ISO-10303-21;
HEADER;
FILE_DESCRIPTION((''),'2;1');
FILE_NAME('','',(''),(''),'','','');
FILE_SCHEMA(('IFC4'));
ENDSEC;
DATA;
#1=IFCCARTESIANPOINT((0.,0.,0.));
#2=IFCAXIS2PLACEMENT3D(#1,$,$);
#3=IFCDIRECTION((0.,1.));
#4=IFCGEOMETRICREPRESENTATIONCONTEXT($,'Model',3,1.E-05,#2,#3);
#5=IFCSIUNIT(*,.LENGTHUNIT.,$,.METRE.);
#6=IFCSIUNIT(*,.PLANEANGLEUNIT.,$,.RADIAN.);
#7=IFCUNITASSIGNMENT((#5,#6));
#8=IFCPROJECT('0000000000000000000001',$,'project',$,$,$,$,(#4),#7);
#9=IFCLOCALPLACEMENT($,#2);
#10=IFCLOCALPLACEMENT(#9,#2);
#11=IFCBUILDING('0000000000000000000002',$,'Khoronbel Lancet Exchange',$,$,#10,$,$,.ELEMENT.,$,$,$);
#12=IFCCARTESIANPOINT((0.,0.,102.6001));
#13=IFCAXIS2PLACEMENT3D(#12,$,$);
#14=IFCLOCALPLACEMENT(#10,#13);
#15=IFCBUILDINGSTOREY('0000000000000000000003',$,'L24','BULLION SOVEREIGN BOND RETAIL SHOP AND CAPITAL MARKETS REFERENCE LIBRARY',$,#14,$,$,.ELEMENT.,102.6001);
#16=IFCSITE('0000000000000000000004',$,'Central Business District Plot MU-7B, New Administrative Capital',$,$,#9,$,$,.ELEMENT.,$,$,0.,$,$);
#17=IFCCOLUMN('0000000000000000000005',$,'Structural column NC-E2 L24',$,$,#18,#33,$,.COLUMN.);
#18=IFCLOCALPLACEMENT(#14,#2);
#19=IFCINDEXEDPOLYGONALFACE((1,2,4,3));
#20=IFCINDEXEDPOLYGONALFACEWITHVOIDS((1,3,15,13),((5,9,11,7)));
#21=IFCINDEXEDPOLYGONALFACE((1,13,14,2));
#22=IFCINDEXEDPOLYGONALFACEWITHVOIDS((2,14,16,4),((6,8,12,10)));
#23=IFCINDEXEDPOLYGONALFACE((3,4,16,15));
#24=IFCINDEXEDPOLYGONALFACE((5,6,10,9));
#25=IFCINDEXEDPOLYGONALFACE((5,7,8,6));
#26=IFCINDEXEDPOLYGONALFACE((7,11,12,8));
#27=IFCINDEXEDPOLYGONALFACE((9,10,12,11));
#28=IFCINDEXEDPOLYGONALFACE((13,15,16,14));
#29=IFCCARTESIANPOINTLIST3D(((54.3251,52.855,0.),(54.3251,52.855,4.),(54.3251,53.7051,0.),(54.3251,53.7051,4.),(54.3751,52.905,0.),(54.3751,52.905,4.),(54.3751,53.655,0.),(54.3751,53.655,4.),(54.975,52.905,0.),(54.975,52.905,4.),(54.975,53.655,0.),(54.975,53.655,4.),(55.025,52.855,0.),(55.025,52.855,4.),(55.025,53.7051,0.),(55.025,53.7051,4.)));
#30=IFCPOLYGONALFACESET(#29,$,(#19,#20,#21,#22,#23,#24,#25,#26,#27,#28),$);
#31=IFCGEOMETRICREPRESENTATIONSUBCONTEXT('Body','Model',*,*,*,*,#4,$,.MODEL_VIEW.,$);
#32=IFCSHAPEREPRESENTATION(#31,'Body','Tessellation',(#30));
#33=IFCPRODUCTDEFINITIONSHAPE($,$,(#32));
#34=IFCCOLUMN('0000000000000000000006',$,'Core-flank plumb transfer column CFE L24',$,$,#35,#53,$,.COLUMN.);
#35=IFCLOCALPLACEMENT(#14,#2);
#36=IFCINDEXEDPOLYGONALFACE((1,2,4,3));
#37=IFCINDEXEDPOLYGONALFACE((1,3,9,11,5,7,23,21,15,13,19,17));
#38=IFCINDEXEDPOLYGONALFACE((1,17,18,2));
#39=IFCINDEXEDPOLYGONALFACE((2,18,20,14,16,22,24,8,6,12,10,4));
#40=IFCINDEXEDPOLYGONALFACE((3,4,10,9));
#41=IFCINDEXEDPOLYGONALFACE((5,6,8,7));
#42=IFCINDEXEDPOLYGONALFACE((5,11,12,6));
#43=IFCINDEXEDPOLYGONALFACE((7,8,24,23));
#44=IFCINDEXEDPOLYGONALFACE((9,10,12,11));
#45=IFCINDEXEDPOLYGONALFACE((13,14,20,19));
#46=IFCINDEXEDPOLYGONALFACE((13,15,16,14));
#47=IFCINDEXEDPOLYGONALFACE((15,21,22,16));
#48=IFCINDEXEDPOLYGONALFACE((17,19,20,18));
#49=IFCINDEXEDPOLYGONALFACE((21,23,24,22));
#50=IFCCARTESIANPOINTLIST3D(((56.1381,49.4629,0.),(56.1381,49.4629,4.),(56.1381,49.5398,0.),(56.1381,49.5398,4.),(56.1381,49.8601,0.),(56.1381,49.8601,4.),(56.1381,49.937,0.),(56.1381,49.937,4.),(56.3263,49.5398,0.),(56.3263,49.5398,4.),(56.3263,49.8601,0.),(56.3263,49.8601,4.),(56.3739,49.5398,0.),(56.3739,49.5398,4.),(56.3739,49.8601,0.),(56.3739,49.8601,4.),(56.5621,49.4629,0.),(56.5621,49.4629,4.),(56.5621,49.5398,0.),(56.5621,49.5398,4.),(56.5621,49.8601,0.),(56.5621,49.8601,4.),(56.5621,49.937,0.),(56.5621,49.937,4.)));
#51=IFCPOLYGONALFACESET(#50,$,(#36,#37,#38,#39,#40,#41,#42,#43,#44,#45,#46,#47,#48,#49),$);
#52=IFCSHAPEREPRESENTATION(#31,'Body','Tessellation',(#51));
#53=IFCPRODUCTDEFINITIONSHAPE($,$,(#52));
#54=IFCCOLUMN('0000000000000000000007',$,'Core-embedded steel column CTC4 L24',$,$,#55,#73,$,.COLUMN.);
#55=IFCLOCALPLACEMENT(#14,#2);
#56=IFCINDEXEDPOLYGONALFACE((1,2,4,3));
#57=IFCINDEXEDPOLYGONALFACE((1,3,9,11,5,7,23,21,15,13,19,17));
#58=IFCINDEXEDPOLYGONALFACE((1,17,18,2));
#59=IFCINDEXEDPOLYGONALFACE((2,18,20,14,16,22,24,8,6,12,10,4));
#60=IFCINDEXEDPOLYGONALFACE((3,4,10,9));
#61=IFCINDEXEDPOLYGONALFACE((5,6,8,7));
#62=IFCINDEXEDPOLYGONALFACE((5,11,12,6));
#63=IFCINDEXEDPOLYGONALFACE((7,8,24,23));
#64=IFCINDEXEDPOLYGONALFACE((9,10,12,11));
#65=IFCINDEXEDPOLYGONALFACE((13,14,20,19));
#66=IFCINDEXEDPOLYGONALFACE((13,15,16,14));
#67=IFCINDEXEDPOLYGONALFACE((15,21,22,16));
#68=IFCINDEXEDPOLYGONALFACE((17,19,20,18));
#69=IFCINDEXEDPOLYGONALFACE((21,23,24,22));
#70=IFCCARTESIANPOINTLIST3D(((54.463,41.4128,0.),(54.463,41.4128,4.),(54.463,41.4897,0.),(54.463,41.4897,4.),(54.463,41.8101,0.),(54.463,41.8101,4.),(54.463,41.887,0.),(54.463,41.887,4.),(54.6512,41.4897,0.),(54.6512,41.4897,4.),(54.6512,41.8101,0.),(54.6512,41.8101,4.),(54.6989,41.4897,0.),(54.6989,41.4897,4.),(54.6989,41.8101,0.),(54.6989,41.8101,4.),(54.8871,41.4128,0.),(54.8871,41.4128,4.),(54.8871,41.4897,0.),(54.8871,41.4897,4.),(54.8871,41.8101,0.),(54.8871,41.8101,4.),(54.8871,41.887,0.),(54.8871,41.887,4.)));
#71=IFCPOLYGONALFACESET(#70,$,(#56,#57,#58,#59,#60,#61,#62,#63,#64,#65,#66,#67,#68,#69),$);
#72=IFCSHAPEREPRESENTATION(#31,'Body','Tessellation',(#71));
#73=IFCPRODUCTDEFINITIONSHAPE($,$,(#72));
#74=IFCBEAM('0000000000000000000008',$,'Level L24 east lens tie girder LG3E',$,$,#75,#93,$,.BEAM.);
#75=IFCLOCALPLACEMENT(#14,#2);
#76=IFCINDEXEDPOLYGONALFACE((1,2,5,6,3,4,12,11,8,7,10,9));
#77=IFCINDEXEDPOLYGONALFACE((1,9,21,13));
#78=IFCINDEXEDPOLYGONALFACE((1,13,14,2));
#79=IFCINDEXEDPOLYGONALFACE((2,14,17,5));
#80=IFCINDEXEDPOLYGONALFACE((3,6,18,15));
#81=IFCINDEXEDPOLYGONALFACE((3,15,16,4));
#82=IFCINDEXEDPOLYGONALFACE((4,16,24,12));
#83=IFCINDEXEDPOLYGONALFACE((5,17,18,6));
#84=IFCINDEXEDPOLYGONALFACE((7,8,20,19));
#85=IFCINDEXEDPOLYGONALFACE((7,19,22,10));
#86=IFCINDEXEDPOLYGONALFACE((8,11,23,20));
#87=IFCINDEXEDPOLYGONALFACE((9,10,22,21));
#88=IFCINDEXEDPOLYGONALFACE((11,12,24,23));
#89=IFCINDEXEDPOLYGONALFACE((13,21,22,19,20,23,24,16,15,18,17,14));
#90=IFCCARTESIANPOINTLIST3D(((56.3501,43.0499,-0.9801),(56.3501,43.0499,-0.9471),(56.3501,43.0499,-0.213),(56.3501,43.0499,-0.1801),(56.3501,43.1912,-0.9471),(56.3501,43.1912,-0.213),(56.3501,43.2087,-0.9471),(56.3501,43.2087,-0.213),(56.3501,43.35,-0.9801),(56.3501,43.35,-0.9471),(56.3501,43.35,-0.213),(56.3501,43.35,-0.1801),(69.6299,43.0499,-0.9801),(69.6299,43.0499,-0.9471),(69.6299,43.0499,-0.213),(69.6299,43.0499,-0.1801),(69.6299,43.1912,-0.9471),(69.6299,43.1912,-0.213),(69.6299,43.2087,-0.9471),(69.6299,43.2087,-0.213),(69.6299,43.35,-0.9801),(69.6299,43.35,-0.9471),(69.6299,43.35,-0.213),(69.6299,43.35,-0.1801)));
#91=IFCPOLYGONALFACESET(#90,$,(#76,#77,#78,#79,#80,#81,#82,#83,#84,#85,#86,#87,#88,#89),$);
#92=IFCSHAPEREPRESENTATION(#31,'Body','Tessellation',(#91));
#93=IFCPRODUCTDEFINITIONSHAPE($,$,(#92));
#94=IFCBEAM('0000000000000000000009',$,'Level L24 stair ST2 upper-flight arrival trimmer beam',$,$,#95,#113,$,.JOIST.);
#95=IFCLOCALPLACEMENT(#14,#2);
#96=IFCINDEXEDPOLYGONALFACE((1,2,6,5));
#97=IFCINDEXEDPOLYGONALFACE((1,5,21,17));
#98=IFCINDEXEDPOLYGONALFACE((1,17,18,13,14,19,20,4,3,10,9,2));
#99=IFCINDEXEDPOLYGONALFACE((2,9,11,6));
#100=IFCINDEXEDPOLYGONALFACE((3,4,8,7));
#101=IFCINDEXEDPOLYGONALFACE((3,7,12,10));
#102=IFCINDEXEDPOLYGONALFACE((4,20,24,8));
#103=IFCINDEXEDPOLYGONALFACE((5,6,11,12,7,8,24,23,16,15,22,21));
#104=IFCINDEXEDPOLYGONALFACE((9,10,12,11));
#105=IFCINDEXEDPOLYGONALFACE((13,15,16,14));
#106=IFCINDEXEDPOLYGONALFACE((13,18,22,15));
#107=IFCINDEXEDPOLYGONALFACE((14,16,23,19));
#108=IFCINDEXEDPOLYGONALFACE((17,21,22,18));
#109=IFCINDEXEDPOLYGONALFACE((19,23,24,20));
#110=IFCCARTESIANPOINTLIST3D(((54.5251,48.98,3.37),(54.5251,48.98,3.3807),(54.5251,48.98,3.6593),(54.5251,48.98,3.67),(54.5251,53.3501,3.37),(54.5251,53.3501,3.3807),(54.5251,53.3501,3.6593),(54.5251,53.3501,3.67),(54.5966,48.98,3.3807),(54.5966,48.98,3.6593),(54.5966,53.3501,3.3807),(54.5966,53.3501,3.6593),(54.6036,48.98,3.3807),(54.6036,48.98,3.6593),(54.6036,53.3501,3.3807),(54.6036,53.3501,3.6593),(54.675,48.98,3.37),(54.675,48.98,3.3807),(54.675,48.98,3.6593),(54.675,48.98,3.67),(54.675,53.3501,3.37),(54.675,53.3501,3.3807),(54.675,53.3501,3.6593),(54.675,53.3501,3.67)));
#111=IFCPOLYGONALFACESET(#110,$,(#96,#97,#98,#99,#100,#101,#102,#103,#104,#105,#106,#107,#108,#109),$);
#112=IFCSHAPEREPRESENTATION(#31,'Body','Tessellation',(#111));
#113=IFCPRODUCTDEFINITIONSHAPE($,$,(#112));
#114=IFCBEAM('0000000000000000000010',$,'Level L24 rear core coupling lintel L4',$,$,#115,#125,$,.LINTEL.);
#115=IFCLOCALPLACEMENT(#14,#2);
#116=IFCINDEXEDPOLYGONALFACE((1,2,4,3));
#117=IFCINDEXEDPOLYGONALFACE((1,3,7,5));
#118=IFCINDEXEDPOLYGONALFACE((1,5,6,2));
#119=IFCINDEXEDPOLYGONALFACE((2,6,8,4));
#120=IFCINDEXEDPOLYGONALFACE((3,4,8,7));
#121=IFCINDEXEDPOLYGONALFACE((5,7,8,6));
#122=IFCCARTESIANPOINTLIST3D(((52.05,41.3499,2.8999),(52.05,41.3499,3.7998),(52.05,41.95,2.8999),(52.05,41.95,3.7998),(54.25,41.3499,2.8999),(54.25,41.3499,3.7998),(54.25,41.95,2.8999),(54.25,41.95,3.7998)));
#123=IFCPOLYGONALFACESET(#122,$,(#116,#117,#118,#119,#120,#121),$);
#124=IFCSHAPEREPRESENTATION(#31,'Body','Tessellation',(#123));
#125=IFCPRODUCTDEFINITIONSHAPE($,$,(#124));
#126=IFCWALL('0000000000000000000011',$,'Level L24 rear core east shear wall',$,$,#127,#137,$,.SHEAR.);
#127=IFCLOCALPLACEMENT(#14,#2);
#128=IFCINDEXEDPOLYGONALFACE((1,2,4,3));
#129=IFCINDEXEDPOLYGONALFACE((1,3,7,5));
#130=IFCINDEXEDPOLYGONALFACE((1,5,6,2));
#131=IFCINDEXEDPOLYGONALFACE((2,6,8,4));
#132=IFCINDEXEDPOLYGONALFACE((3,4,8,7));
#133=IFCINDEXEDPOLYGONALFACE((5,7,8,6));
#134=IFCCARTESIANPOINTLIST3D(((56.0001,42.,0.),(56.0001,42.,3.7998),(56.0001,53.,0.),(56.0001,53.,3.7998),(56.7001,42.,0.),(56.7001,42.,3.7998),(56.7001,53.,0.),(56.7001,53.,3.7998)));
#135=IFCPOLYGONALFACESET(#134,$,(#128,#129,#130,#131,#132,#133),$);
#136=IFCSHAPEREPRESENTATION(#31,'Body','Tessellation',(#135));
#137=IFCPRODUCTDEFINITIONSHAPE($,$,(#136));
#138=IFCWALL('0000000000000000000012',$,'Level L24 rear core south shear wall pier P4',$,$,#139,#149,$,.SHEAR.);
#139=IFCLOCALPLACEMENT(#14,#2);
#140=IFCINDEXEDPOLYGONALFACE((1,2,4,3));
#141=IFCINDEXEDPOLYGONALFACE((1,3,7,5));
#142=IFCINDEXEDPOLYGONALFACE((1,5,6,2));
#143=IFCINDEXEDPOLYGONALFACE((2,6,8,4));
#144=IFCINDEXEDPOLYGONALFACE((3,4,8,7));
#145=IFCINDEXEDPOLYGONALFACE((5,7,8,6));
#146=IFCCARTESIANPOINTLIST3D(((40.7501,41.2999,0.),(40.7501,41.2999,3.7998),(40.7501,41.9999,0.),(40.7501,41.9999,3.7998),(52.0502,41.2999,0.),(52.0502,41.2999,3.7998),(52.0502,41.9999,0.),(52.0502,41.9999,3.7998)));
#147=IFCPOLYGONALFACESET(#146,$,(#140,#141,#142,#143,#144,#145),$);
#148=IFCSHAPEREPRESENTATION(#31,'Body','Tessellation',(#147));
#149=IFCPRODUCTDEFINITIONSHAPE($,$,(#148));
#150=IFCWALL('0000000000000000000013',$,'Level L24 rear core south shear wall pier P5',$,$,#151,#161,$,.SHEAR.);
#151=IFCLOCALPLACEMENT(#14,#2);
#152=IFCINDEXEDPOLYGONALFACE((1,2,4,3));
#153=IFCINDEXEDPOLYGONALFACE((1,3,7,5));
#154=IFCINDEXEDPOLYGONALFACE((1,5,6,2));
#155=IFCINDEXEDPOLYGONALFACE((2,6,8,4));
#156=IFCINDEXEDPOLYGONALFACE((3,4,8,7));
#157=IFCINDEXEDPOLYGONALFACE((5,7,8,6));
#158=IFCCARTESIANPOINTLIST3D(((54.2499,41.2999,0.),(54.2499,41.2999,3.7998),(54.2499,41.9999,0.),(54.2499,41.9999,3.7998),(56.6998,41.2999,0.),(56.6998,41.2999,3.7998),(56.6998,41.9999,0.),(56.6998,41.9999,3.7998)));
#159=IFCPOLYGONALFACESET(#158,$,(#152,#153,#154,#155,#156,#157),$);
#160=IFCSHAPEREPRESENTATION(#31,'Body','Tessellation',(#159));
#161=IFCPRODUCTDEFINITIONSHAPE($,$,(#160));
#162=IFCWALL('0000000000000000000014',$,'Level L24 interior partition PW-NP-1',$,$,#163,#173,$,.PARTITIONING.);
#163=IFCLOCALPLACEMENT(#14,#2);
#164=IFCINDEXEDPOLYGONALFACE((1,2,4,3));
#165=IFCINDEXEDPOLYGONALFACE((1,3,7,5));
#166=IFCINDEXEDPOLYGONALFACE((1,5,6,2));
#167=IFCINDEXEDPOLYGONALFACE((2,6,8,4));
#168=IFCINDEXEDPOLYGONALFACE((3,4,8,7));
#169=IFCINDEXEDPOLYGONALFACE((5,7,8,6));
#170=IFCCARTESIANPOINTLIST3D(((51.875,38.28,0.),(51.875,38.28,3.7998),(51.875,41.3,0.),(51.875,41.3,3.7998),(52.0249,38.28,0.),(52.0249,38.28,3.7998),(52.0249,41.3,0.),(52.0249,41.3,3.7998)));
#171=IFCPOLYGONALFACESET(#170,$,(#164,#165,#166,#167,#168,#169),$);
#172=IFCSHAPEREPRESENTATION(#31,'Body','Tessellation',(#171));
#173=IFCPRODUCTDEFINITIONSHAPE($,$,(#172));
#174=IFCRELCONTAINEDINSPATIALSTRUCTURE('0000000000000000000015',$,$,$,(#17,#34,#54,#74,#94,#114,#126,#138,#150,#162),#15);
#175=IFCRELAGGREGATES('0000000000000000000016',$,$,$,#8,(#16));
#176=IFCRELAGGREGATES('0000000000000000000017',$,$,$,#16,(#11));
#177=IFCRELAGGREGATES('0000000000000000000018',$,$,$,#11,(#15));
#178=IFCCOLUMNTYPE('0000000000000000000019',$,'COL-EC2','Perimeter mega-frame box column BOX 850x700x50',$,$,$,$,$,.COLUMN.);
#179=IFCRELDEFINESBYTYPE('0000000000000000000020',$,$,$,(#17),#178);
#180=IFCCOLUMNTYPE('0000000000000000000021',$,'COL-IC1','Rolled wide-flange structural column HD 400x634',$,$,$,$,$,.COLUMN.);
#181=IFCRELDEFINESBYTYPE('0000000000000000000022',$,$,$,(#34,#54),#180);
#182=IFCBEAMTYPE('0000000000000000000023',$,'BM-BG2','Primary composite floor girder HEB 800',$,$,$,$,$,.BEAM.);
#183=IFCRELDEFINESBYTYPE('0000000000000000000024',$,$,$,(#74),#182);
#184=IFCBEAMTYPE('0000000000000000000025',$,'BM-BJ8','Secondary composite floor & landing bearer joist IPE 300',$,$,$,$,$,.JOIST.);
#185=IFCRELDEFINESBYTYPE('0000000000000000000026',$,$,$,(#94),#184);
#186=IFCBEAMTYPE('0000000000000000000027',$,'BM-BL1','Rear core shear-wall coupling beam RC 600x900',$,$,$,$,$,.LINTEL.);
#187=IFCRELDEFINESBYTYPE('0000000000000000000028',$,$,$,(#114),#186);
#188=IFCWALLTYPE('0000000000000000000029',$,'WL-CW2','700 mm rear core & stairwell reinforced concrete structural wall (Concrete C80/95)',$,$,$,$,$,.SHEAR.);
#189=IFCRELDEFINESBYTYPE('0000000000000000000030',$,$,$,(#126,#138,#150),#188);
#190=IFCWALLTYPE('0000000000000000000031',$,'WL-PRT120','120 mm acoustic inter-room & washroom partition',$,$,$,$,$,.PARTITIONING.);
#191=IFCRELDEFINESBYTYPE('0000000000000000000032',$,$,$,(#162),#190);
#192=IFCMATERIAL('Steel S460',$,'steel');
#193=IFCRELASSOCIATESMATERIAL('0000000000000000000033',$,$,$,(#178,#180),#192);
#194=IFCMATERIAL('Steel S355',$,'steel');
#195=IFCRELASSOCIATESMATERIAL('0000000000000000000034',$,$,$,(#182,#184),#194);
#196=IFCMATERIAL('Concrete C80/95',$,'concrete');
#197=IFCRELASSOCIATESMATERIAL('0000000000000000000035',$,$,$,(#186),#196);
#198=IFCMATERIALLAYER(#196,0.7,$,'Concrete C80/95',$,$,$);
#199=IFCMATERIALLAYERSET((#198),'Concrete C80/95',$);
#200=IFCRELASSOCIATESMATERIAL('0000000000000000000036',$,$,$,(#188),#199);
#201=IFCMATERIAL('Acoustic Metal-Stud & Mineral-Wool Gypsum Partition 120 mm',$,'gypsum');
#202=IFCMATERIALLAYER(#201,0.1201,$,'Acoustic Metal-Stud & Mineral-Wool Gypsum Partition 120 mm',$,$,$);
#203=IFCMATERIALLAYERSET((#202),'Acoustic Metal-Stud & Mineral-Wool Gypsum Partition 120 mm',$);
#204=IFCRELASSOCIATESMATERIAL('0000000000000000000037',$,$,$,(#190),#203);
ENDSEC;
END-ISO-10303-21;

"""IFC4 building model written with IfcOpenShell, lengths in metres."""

from ifc_helpers import new_model, si_unit, direction, frame, frame_2d, origin, origin_2d, place, context, subcontext, project, spatial, rectangle, hollow_rectangle, i_section, extrude, material, layer, layer_set, material_profile, profile_set, type_object, element, save


model = new_model("IFC4")

# Units and contexts
model_context = context("Model", 3, precision=1e-05, world=origin(), true_north=direction((0.0, 1.0)))
body_context = subcontext(model_context, "Body", "Model", "MODEL_VIEW")
ifc_project = project(units=[si_unit("LENGTHUNIT", "METRE"), si_unit("PLANEANGLEUNIT", "RADIAN")], contexts=[model_context])

# Site, building, storey
site_placement = place(None, origin())
site = spatial("IfcSite", under=ifc_project, at=site_placement, Name="Central Business District Plot MU-7B, New Administrative Capital", CompositionType="ELEMENT", RefElevation=0.0)
building_placement = place(site_placement, origin())
building = spatial("IfcBuilding", under=site, at=building_placement, Name="Khoronbel Lancet Exchange", CompositionType="ELEMENT")
storey_placement = place(building_placement, frame((0.0, 0.0, 102.6001)))
storey = spatial("IfcBuildingStorey", under=building, at=storey_placement, Name="L24", Description="BULLION SOVEREIGN BOND RETAIL SHOP AND CAPITAL MARKETS REFERENCE LIBRARY", CompositionType="ELEMENT", Elevation=102.6001)

# Columns
ifc_material_1 = material(Name="Steel S460", Category="steel")
ifc_material_profile_1 = material_profile(ifc_material_1, hollow_rectangle(XDim=0.7, YDim=0.8501, WallThickness=0.05, at=origin_2d()), Name="BOX 850x700x50")
ifc_profile_set_1 = profile_set([ifc_material_profile_1], Name="Steel S460")
column_type_1 = type_object("IfcColumnType", Name="COL-EC2", Description="Perimeter mega-frame box column BOX 850x700x50", PredefinedType="COLUMN", material=ifc_profile_set_1)
column_placement = place(storey_placement, frame((54.675, 53.28, 0.0), z_axis=(0.0, 0.0, 1.0), x_axis=(1.0, 0.0, 0.0)))
element("IfcColumn", 1, at=column_placement, inside=storey, type_object=column_type_1, Name="Structural column NC-E2 L24", PredefinedType="COLUMN", context=body_context, shape_type="SweptSolid", body=[
    extrude(hollow_rectangle(XDim=0.7, YDim=0.8501, WallThickness=0.05, at=origin_2d()), origin(), (0.0, 0.0, 1.0), 4.0),
])
ifc_material_profile_2 = material_profile(ifc_material_1, i_section(OverallWidth=0.4241, OverallDepth=0.4741, WebThickness=0.0476, FlangeThickness=0.0769, at=origin_2d()), Name="HD 400x634")
ifc_profile_set_2 = profile_set([ifc_material_profile_2], Name="Steel S460")
column_type_2 = type_object("IfcColumnType", Name="COL-IC1", Description="Rolled wide-flange structural column HD 400x634", PredefinedType="COLUMN", material=ifc_profile_set_2)
for number, where, z_axis, x_axis, name in (
    (2, (56.3501, 49.7, 0.0), (0.0, 0.0, 1.0), (1.0, 0.0, 0.0), "Core-flank plumb transfer column CFE L24"),
    (3, (54.675, 41.6499, 0.0), (0.0, 0.0, 1.0), (1.0, 0.0, 0.0), "Core-embedded steel column CTC4 L24"),
):
    element("IfcColumn", number, at=place(storey_placement, frame(where, z_axis=z_axis, x_axis=x_axis)), inside=storey, type_object=column_type_2, Name=name, PredefinedType="COLUMN", context=body_context, shape_type="SweptSolid", body=[
        extrude(i_section(OverallWidth=0.4241, OverallDepth=0.4741, WebThickness=0.0476, FlangeThickness=0.0769, at=origin_2d()), origin(), (0.0, 0.0, 1.0), 4.0),
    ])

# Beams
ifc_material_2 = material(Name="Steel S355", Category="steel")
ifc_material_profile_3 = material_profile(ifc_material_2, i_section(OverallWidth=0.3, OverallDepth=0.8, WebThickness=0.0176, FlangeThickness=0.033, at=origin_2d()), Name="HEB 800")
ifc_profile_set_3 = profile_set([ifc_material_profile_3], Name="Steel S355")
beam_type_1 = type_object("IfcBeamType", Name="BM-BG2", Description="Primary composite floor girder HEB 800", PredefinedType="BEAM", material=ifc_profile_set_3)
beam_1_placement = place(storey_placement, frame((56.3501, 43.2, -0.5801), z_axis=(1.0, 0.0, 0.0), x_axis=(0.0, 1.0, 0.0)))
element("IfcBeam", 4, at=beam_1_placement, inside=storey, type_object=beam_type_1, Name="Level L24 east lens tie girder LG3E", PredefinedType="BEAM", context=body_context, shape_type="SweptSolid", body=[
    extrude(i_section(OverallWidth=0.3, OverallDepth=0.8, WebThickness=0.0176, FlangeThickness=0.033, at=origin_2d()), origin(), (0.0, 0.0, 1.0), 13.2798),
])
ifc_material_profile_4 = material_profile(ifc_material_2, i_section(OverallWidth=0.1499, OverallDepth=0.3, WebThickness=0.0071, FlangeThickness=0.0107, at=origin_2d()), Name="IPE 300")
ifc_profile_set_4 = profile_set([ifc_material_profile_4], Name="Steel S355")
beam_type_2 = type_object("IfcBeamType", Name="BM-BJ8", Description="Secondary composite floor & landing bearer joist IPE 300", PredefinedType="JOIST", material=ifc_profile_set_4)
beam_2_placement = place(storey_placement, frame((54.6001, 48.98, 3.52), z_axis=(0.0, 1.0, 0.0), x_axis=(-1.0, 0.0, 0.0)))
element("IfcBeam", 5, at=beam_2_placement, inside=storey, type_object=beam_type_2, Name="Level L24 stair ST2 upper-flight arrival trimmer beam", PredefinedType="JOIST", context=body_context, shape_type="SweptSolid", body=[
    extrude(i_section(OverallWidth=0.1499, OverallDepth=0.3, WebThickness=0.0071, FlangeThickness=0.0107, at=origin_2d()), origin(), (0.0, 0.0, 1.0), 4.3701),
])
ifc_material_3 = material(Name="Concrete C80/95", Category="concrete")
ifc_material_profile_5 = material_profile(ifc_material_3, rectangle(XDim=0.6001, YDim=0.8999, at=origin_2d()), Name="RC 600x900")
ifc_profile_set_5 = profile_set([ifc_material_profile_5], Name="Concrete C80/95")
beam_type_3 = type_object("IfcBeamType", Name="BM-BL1", Description="Rear core shear-wall coupling beam RC 600x900", PredefinedType="LINTEL", material=ifc_profile_set_5)
beam_3_placement = place(storey_placement, frame((52.05, 41.6499, 3.3499), z_axis=(1.0, 0.0, 0.0), x_axis=(0.0, 1.0, 0.0)))
element("IfcBeam", 6, at=beam_3_placement, inside=storey, type_object=beam_type_3, Name="Level L24 rear core coupling lintel L4", PredefinedType="LINTEL", context=body_context, shape_type="SweptSolid", body=[
    extrude(rectangle(XDim=0.6001, YDim=0.8999, at=origin_2d()), origin(), (0.0, 0.0, 1.0), 2.2),
])

# Walls
ifc_layer_1 = layer(ifc_material_3, 0.7, Name="Concrete C80/95")
ifc_layer_set_1 = layer_set([ifc_layer_1], Name="Concrete C80/95")
wall_type_1 = type_object("IfcWallType", Name="WL-CW2", Description="700 mm rear core & stairwell reinforced concrete structural wall (Concrete C80/95)", PredefinedType="SHEAR", material=ifc_layer_set_1)
wall_1_placement = place(storey_placement, frame((56.3501, 53.0, 0.0), z_axis=(0.0, 0.0, 1.0), x_axis=(0.0, -1.0, 0.0)))
element("IfcWall", 7, at=wall_1_placement, inside=storey, type_object=wall_type_1, Name="Level L24 rear core east shear wall", PredefinedType="SHEAR", context=body_context, shape_type="SweptSolid", body=[
    extrude(rectangle(XDim=11.0, YDim=0.7, at=frame_2d((5.5, 0.0))), origin(), (0.0, 0.0, 1.0), 3.7998),
])
wall_2_placement = place(storey_placement, frame((52.05, 41.6499, 0.0), z_axis=(0.0, 0.0, 1.0), x_axis=(-1.0, 0.0, 0.0)))
element("IfcWall", 8, at=wall_2_placement, inside=storey, type_object=wall_type_1, Name="Level L24 rear core south shear wall pier P4", PredefinedType="SHEAR", context=body_context, shape_type="SweptSolid", body=[
    extrude(rectangle(XDim=11.3, YDim=0.7, at=frame_2d((5.6499, 0.0))), origin(), (0.0, 0.0, 1.0), 3.7998),
])
wall_3_placement = place(storey_placement, frame((56.7, 41.6499, 0.0), z_axis=(0.0, 0.0, 1.0), x_axis=(-1.0, 0.0, 0.0)))
element("IfcWall", 9, at=wall_3_placement, inside=storey, type_object=wall_type_1, Name="Level L24 rear core south shear wall pier P5", PredefinedType="SHEAR", context=body_context, shape_type="SweptSolid", body=[
    extrude(rectangle(XDim=2.45, YDim=0.7, at=frame_2d((1.2251, 0.0))), origin(), (0.0, 0.0, 1.0), 3.7998),
])
ifc_material_4 = material(Name="Acoustic Metal-Stud & Mineral-Wool Gypsum Partition 120 mm", Category="gypsum")
ifc_layer_2 = layer(ifc_material_4, 0.1201, Name="Acoustic Metal-Stud & Mineral-Wool Gypsum Partition 120 mm")
ifc_layer_set_2 = layer_set([ifc_layer_2], Name="Acoustic Metal-Stud & Mineral-Wool Gypsum Partition 120 mm")
wall_type_2 = type_object("IfcWallType", Name="WL-PRT120", Description="120 mm acoustic inter-room & washroom partition", PredefinedType="PARTITIONING", material=ifc_layer_set_2)
wall_4_placement = place(storey_placement, frame((51.95, 38.28, 0.0), z_axis=(0.0, 0.0, 1.0), x_axis=(0.0, 1.0, 0.0)))
element("IfcWall", 10, at=wall_4_placement, inside=storey, type_object=wall_type_2, Name="Level L24 interior partition PW-NP-1", PredefinedType="PARTITIONING", context=body_context, shape_type="SweptSolid", body=[
    extrude(rectangle(XDim=3.02, YDim=0.1499, at=frame_2d((1.51, 0.0))), origin(), (0.0, 0.0, 1.0), 3.7998),
])

save(model, "model.ifc")
